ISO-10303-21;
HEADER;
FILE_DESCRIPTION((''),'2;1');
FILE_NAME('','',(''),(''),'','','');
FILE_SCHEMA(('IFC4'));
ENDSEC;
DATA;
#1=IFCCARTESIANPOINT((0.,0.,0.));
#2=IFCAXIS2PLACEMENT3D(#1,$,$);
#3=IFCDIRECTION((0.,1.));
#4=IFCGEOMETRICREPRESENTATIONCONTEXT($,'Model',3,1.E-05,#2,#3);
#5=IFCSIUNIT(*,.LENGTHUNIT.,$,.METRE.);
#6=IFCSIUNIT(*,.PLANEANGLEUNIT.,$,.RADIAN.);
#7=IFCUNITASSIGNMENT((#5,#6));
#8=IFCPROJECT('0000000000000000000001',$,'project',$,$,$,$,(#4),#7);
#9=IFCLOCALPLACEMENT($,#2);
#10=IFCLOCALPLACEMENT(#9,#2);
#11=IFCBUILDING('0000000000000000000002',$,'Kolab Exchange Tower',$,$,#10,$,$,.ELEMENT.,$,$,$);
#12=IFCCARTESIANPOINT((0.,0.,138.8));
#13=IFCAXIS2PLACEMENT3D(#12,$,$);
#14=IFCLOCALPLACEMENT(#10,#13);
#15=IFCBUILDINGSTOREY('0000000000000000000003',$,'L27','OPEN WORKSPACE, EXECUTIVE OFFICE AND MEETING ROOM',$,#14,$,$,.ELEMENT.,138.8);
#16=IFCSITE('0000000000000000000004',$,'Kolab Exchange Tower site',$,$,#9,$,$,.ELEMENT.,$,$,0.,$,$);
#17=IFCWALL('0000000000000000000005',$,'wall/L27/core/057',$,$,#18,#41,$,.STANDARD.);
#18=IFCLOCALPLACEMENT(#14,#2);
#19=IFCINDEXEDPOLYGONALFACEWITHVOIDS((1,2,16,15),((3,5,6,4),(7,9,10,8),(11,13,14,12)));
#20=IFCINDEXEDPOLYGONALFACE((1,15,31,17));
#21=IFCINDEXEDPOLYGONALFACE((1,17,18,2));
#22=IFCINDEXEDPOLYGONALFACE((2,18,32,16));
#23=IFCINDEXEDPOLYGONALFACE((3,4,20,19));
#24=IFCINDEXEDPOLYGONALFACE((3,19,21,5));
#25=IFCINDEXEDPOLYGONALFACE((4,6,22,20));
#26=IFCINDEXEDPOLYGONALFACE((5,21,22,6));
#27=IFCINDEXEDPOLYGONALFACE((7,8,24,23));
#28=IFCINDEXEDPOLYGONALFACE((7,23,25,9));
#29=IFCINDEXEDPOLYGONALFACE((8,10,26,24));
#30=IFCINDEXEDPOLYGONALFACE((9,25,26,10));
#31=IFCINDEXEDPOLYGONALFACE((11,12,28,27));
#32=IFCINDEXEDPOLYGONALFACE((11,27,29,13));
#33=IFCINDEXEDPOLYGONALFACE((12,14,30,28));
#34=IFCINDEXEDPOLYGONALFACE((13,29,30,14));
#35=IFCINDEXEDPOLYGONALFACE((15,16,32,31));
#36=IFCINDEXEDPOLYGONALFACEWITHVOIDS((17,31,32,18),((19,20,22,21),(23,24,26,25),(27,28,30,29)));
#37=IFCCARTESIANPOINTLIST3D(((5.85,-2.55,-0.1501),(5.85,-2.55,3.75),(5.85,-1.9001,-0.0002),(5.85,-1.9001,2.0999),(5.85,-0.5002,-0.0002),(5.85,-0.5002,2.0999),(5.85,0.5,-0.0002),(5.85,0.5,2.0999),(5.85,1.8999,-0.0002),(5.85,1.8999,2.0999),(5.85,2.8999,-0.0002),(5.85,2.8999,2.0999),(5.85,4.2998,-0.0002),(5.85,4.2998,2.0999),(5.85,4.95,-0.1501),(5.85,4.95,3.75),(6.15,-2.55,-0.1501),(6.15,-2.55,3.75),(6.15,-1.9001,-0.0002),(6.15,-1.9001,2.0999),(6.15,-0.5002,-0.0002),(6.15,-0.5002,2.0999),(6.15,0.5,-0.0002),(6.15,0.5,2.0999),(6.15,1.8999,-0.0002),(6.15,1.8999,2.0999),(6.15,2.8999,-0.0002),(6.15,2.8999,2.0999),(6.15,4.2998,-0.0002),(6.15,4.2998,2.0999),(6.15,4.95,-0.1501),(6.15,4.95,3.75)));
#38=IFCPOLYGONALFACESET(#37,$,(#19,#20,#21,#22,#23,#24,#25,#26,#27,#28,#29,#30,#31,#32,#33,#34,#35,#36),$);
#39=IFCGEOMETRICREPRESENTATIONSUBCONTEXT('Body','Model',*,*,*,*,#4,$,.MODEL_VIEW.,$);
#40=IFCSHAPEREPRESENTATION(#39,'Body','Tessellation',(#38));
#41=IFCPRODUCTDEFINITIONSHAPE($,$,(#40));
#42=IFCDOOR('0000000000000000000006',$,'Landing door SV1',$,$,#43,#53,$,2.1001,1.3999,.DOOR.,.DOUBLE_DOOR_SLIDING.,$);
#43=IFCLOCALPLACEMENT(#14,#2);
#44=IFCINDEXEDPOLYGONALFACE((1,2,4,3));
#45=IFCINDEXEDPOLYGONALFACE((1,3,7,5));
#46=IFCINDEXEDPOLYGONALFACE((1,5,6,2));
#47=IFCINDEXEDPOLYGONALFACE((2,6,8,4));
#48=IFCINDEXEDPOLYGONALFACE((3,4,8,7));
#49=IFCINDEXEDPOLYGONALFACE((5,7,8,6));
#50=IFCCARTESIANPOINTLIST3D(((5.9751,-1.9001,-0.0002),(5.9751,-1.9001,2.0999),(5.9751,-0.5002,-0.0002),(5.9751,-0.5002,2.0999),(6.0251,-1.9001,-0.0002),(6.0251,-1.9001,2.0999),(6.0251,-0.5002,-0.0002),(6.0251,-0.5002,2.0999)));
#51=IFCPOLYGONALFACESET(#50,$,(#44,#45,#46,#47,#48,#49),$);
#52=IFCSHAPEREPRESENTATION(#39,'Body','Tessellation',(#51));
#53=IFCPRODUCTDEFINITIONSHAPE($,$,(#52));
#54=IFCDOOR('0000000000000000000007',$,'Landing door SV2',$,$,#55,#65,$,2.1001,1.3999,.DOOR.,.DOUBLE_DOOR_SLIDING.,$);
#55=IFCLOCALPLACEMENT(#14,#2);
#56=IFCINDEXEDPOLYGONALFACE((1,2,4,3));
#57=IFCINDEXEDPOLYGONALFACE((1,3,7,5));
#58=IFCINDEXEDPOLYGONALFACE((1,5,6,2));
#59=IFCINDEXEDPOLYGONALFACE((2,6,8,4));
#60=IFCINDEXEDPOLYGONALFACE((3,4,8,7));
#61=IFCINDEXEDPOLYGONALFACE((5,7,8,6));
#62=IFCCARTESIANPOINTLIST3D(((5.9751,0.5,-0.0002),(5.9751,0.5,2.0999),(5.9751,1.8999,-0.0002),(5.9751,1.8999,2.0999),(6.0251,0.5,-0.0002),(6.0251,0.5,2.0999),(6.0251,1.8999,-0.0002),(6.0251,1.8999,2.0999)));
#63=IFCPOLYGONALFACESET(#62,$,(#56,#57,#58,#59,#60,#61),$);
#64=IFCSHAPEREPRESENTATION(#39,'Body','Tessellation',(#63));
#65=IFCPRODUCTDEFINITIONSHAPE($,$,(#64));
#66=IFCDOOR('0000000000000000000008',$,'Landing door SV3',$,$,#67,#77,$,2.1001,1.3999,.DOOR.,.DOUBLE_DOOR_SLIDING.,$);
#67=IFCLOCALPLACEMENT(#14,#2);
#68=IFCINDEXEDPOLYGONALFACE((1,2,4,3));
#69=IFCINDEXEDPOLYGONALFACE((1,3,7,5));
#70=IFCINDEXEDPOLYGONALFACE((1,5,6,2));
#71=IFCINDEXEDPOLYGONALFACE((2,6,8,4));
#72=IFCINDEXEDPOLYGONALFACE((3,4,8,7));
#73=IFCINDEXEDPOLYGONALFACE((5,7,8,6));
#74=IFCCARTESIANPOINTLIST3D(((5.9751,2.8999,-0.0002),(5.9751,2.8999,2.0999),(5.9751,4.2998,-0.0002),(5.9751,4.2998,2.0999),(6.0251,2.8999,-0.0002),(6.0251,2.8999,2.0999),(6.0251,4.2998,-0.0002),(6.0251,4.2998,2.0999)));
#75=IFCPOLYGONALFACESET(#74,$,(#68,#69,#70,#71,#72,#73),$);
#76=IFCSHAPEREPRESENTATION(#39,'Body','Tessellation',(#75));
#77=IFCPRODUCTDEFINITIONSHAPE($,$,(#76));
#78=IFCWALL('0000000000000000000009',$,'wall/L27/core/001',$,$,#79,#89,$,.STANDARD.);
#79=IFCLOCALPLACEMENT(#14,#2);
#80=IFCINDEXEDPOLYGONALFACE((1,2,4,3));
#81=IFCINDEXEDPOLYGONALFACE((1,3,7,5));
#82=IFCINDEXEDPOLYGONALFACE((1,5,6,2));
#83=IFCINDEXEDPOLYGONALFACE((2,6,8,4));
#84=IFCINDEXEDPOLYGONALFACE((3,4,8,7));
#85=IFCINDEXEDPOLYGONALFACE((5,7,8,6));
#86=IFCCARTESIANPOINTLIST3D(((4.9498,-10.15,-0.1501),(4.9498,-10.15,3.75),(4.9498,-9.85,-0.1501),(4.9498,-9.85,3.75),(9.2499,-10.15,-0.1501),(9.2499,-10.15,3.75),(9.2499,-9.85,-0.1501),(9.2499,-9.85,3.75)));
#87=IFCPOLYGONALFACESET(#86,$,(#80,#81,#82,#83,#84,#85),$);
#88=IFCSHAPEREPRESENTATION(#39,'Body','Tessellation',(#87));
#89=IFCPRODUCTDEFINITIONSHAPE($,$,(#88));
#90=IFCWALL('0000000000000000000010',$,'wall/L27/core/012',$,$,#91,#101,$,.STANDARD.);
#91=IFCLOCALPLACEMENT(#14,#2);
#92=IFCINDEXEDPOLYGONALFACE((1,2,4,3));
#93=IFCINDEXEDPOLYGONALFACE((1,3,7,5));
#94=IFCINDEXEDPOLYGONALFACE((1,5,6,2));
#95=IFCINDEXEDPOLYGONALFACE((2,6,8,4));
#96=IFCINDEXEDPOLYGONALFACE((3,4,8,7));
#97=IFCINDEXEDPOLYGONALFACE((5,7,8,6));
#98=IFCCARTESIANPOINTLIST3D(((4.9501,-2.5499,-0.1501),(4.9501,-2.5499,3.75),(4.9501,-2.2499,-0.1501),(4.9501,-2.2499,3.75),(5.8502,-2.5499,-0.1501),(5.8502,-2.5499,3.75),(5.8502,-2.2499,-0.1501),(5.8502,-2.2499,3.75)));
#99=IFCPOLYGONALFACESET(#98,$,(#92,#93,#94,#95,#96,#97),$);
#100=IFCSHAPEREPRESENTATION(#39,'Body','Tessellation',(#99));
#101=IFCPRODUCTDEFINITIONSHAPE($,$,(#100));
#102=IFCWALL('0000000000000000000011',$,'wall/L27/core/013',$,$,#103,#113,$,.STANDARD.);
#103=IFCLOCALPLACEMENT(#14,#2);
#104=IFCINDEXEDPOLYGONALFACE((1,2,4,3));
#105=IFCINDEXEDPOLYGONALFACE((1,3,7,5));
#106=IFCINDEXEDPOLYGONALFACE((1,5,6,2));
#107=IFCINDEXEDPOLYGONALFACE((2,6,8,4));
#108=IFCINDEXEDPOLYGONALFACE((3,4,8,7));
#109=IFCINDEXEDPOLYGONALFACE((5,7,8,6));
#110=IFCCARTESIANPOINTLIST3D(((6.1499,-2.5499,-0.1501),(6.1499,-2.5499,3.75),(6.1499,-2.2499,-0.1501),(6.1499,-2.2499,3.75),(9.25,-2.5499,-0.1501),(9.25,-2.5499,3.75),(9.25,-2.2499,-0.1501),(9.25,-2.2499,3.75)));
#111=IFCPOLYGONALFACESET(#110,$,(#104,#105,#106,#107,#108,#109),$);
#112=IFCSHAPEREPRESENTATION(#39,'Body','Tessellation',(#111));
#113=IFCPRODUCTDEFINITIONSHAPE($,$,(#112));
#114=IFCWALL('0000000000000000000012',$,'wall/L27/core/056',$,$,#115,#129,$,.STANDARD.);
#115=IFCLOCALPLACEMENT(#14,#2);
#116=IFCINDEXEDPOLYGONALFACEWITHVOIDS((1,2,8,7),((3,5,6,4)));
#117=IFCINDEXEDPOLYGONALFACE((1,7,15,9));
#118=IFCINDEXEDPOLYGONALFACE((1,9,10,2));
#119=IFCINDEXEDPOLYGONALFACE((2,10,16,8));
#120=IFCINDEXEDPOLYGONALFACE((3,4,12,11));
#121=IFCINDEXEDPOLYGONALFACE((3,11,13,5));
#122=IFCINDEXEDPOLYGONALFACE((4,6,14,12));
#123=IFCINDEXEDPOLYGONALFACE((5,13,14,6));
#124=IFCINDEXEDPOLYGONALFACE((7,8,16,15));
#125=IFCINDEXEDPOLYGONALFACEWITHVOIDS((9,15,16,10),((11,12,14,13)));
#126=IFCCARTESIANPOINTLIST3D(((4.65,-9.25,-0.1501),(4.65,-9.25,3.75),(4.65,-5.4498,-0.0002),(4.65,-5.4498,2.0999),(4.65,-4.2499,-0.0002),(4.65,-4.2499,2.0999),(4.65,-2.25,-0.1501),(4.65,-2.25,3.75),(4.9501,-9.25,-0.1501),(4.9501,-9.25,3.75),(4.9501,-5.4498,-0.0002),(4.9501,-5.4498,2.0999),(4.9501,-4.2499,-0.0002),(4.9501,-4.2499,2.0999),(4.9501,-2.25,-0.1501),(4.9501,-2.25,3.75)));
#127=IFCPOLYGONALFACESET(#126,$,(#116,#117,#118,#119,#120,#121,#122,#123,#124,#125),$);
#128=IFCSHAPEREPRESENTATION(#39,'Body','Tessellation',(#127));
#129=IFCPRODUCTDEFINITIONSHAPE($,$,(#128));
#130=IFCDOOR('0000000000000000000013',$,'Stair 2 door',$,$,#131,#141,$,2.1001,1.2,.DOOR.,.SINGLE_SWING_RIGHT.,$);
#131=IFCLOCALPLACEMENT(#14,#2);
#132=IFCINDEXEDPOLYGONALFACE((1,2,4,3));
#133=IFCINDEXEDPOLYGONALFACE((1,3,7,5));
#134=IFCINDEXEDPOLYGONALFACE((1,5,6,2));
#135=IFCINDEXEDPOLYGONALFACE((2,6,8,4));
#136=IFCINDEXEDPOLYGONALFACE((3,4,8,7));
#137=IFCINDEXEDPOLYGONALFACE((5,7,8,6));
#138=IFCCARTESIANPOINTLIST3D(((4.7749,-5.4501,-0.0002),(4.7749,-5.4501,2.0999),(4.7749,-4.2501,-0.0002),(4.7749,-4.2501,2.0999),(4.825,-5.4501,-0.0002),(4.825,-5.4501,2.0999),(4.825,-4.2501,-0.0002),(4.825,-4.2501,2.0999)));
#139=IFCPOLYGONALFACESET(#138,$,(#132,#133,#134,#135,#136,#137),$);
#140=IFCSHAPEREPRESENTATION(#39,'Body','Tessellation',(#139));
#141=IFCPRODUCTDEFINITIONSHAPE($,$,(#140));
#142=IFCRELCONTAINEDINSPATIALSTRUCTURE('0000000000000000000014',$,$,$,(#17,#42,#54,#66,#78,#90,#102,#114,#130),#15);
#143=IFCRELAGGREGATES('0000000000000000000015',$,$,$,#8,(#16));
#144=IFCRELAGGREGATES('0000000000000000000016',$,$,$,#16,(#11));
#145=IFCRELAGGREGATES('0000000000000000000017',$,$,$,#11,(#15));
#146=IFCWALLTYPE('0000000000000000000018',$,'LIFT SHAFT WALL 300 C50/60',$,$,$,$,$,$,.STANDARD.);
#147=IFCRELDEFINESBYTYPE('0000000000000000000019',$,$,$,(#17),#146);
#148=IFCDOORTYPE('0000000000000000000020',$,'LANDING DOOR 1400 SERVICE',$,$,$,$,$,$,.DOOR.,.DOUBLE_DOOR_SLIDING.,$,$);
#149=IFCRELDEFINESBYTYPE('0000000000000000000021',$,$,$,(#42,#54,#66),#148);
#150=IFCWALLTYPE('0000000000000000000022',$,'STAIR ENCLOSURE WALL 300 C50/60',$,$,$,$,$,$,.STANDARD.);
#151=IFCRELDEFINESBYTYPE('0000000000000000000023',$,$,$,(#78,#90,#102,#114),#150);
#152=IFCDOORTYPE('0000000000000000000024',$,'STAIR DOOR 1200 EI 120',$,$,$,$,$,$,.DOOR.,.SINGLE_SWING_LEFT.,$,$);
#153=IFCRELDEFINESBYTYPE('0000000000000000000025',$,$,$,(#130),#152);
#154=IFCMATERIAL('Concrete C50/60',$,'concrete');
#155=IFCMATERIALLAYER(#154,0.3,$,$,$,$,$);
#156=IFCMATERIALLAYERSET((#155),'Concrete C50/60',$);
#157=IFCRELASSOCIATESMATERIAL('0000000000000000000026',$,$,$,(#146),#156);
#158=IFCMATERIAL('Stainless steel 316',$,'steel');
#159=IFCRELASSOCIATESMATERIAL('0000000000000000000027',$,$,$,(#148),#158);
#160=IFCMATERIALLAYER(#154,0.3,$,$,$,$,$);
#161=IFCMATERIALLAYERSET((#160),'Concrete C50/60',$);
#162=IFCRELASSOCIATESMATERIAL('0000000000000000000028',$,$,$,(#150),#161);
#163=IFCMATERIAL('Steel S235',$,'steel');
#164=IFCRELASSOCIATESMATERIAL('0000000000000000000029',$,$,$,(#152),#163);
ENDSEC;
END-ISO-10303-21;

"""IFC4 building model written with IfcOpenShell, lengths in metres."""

from ifc_helpers import new_model, si_unit, direction, frame, frame_2d, origin, place, context, subcontext, project, spatial, rectangle, extrude, material, layer, layer_set, type_object, element, fill, save


model = new_model("IFC4")

# Units and contexts
model_context = context("Model", 3, precision=1e-05, world=origin(), true_north=direction((0.0, 1.0)))
body_context = subcontext(model_context, "Body", "Model", "MODEL_VIEW")
ifc_project = project(units=[si_unit("LENGTHUNIT", "METRE"), si_unit("PLANEANGLEUNIT", "RADIAN")], contexts=[model_context])

# Site, building, storey
site_placement = place(None, origin())
site = spatial("IfcSite", under=ifc_project, at=site_placement, Name="Kolab Exchange Tower site", CompositionType="ELEMENT", RefElevation=0.0)
building_placement = place(site_placement, origin())
building = spatial("IfcBuilding", under=site, at=building_placement, Name="Kolab Exchange Tower", CompositionType="ELEMENT")
storey_placement = place(building_placement, frame((0.0, 0.0, 138.8)))
storey = spatial("IfcBuildingStorey", under=building, at=storey_placement, Name="L27", Description="OPEN WORKSPACE, EXECUTIVE OFFICE AND MEETING ROOM", CompositionType="ELEMENT", Elevation=138.8)

# Shared definitions
ifc_material_1 = material(Name="Concrete C50/60", Category="concrete")
ifc_layer_1 = layer(ifc_material_1, 0.3)
ifc_layer_set_1 = layer_set([ifc_layer_1], Name="Concrete C50/60")
wall_type_1 = type_object("IfcWallType", Name="LIFT SHAFT WALL 300 C50/60", PredefinedType="STANDARD", material=ifc_layer_set_1)
ifc_material_2 = material(Name="Stainless steel 316", Category="steel")

# Wall, openings, doors
wall_1_placement = place(storey_placement, frame((6.0, -2.55, -0.1501), z_axis=(0.0, 0.0, 1.0), x_axis=(0.0, 1.0, 0.0)))
wall_1 = element("IfcWall", 1, at=wall_1_placement, inside=storey, type_object=wall_type_1, Name="wall/L27/core/057", PredefinedType="STANDARD", context=body_context, shape_type="SweptSolid", body=[
    extrude(rectangle(XDim=7.5, YDim=0.3, at=frame_2d((3.75, 0.0))), origin(), (0.0, 0.0, 1.0), 3.9001),
])
opening_1_placement = place(wall_1_placement, frame((0.6499, 0.0, 0.1499)))
opening_1 = element("IfcOpeningElement", 2, at=opening_1_placement, cuts=wall_1, PredefinedType="OPENING", context=body_context, shape_type="SweptSolid", body=[
    extrude(rectangle(XDim=1.3999, YDim=2.1001, at=frame_2d((0.7, 1.05))), frame((0.0, 0.1602, 0.0), z_axis=(0.0, -1.0, 0.0), x_axis=(1.0, 0.0, 0.0)), (0.0, 0.0, 1.0), 0.3201),
])
opening_2_placement = place(wall_1_placement, frame((3.05, 0.0, 0.1499)))
opening_2 = element("IfcOpeningElement", 3, at=opening_2_placement, cuts=wall_1, PredefinedType="OPENING", context=body_context, shape_type="SweptSolid", body=[
    extrude(rectangle(XDim=1.3999, YDim=2.1001, at=frame_2d((0.7, 1.05))), frame((0.0, 0.1602, 0.0), z_axis=(0.0, -1.0, 0.0), x_axis=(1.0, 0.0, 0.0)), (0.0, 0.0, 1.0), 0.3201),
])
opening_3_placement = place(wall_1_placement, frame((5.45, 0.0, 0.1499)))
opening_3 = element("IfcOpeningElement", 4, at=opening_3_placement, cuts=wall_1, PredefinedType="OPENING", context=body_context, shape_type="SweptSolid", body=[
    extrude(rectangle(XDim=1.3999, YDim=2.1001, at=frame_2d((0.7, 1.05))), frame((0.0, 0.1602, 0.0), z_axis=(0.0, -1.0, 0.0), x_axis=(1.0, 0.0, 0.0)), (0.0, 0.0, 1.0), 0.3201),
])
door_type_1 = type_object("IfcDoorType", Name="LANDING DOOR 1400 SERVICE", OperationType="DOUBLE_DOOR_SLIDING", PredefinedType="DOOR", material=ifc_material_2)
door_1_placement = place(opening_1_placement, origin())
door_1 = element("IfcDoor", 5, at=door_1_placement, inside=storey, type_object=door_type_1, Name="Landing door SV1", OperationType="DOUBLE_DOOR_SLIDING", OverallHeight=2.1001, OverallWidth=1.3999, PredefinedType="DOOR", context=body_context, shape_type="SweptSolid", body=[
    extrude(rectangle(XDim=1.3999, YDim=2.1001, at=frame_2d((0.7, 1.05))), frame((0.0, 0.0249, 0.0), z_axis=(0.0, -1.0, 0.0), x_axis=(1.0, 0.0, 0.0)), (0.0, 0.0, 1.0), 0.05),
])
fill(opening_1, door_1)
door_2_placement = place(opening_2_placement, origin())
door_2 = element("IfcDoor", 6, at=door_2_placement, inside=storey, type_object=door_type_1, Name="Landing door SV2", OperationType="DOUBLE_DOOR_SLIDING", OverallHeight=2.1001, OverallWidth=1.3999, PredefinedType="DOOR", context=body_context, shape_type="SweptSolid", body=[
    extrude(rectangle(XDim=1.3999, YDim=2.1001, at=frame_2d((0.7, 1.05))), frame((0.0, 0.0249, 0.0), z_axis=(0.0, -1.0, 0.0), x_axis=(1.0, 0.0, 0.0)), (0.0, 0.0, 1.0), 0.05),
])
fill(opening_2, door_2)
door_3_placement = place(opening_3_placement, origin())
door_3 = element("IfcDoor", 7, at=door_3_placement, inside=storey, type_object=door_type_1, Name="Landing door SV3", OperationType="DOUBLE_DOOR_SLIDING", OverallHeight=2.1001, OverallWidth=1.3999, PredefinedType="DOOR", context=body_context, shape_type="SweptSolid", body=[
    extrude(rectangle(XDim=1.3999, YDim=2.1001, at=frame_2d((0.7, 1.05))), frame((0.0, 0.0249, 0.0), z_axis=(0.0, -1.0, 0.0), x_axis=(1.0, 0.0, 0.0)), (0.0, 0.0, 1.0), 0.05),
])
fill(opening_3, door_3)

# Walls
ifc_layer_2 = layer(ifc_material_1, 0.3)
ifc_layer_set_2 = layer_set([ifc_layer_2], Name="Concrete C50/60")
wall_type_2 = type_object("IfcWallType", Name="STAIR ENCLOSURE WALL 300 C50/60", PredefinedType="STANDARD", material=ifc_layer_set_2)
wall_2_placement = place(storey_placement, frame((4.95, -10.0, -0.1501), z_axis=(0.0, 0.0, 1.0), x_axis=(1.0, 0.0, 0.0)))
element("IfcWall", 8, at=wall_2_placement, inside=storey, type_object=wall_type_2, Name="wall/L27/core/001", PredefinedType="STANDARD", context=body_context, shape_type="SweptSolid", body=[
    extrude(rectangle(XDim=4.3, YDim=0.3, at=frame_2d((2.1499, 0.0))), origin(), (0.0, 0.0, 1.0), 3.9001),
])
wall_3_placement = place(storey_placement, frame((4.95, -2.3999, -0.1501), z_axis=(0.0, 0.0, 1.0), x_axis=(1.0, 0.0, 0.0)))
element("IfcWall", 9, at=wall_3_placement, inside=storey, type_object=wall_type_2, Name="wall/L27/core/012", PredefinedType="STANDARD", context=body_context, shape_type="SweptSolid", body=[
    extrude(rectangle(XDim=0.9001, YDim=0.3, at=frame_2d((0.4502, 0.0))), origin(), (0.0, 0.0, 1.0), 3.9001),
])
wall_4_placement = place(storey_placement, frame((6.1499, -2.3999, -0.1501), z_axis=(0.0, 0.0, 1.0), x_axis=(1.0, 0.0, 0.0)))
element("IfcWall", 10, at=wall_4_placement, inside=storey, type_object=wall_type_2, Name="wall/L27/core/013", PredefinedType="STANDARD", context=body_context, shape_type="SweptSolid", body=[
    extrude(rectangle(XDim=3.1001, YDim=0.3, at=frame_2d((1.55, 0.0))), origin(), (0.0, 0.0, 1.0), 3.9001),
])

# Wall, opening, door
wall_5_placement = place(storey_placement, frame((4.8, -9.25, -0.1501), z_axis=(0.0, 0.0, 1.0), x_axis=(0.0, 1.0, 0.0)))
wall_5 = element("IfcWall", 11, at=wall_5_placement, inside=storey, type_object=wall_type_2, Name="wall/L27/core/056", PredefinedType="STANDARD", context=body_context, shape_type="SweptSolid", body=[
    extrude(rectangle(XDim=7.0, YDim=0.3, at=frame_2d((3.5, 0.0))), origin(), (0.0, 0.0, 1.0), 3.9001),
])
opening_4_placement = place(wall_5_placement, frame((3.8, 0.0, 0.1499)))
opening_4 = element("IfcOpeningElement", 12, at=opening_4_placement, cuts=wall_5, PredefinedType="OPENING", context=body_context, shape_type="SweptSolid", body=[
    extrude(rectangle(XDim=1.2, YDim=2.1001, at=frame_2d((0.6001, 1.05))), frame((0.0, 0.1602, 0.0), z_axis=(0.0, -1.0, 0.0), x_axis=(1.0, 0.0, 0.0)), (0.0, 0.0, 1.0), 0.3201),
])
ifc_material_3 = material(Name="Steel S235", Category="steel")
door_type_2 = type_object("IfcDoorType", Name="STAIR DOOR 1200 EI 120", OperationType="SINGLE_SWING_LEFT", PredefinedType="DOOR", material=ifc_material_3)
door_4_placement = place(opening_4_placement, frame((1.2, 0.0, 0.0), z_axis=(0.0, 0.0, 1.0), x_axis=(-1.0, 0.0, 0.0)))
door_4 = element("IfcDoor", 13, at=door_4_placement, inside=storey, type_object=door_type_2, Name="Stair 2 door", OperationType="SINGLE_SWING_RIGHT", OverallHeight=2.1001, OverallWidth=1.2, PredefinedType="DOOR", context=body_context, shape_type="SweptSolid", body=[
    extrude(rectangle(XDim=1.2, YDim=2.1001, at=frame_2d((0.6001, 1.05))), frame((0.0, 0.0249, 0.0), z_axis=(0.0, -1.0, 0.0), x_axis=(1.0, 0.0, 0.0)), (0.0, 0.0, 1.0), 0.05),
])
fill(opening_4, door_4)

save(model, "model.ifc")
